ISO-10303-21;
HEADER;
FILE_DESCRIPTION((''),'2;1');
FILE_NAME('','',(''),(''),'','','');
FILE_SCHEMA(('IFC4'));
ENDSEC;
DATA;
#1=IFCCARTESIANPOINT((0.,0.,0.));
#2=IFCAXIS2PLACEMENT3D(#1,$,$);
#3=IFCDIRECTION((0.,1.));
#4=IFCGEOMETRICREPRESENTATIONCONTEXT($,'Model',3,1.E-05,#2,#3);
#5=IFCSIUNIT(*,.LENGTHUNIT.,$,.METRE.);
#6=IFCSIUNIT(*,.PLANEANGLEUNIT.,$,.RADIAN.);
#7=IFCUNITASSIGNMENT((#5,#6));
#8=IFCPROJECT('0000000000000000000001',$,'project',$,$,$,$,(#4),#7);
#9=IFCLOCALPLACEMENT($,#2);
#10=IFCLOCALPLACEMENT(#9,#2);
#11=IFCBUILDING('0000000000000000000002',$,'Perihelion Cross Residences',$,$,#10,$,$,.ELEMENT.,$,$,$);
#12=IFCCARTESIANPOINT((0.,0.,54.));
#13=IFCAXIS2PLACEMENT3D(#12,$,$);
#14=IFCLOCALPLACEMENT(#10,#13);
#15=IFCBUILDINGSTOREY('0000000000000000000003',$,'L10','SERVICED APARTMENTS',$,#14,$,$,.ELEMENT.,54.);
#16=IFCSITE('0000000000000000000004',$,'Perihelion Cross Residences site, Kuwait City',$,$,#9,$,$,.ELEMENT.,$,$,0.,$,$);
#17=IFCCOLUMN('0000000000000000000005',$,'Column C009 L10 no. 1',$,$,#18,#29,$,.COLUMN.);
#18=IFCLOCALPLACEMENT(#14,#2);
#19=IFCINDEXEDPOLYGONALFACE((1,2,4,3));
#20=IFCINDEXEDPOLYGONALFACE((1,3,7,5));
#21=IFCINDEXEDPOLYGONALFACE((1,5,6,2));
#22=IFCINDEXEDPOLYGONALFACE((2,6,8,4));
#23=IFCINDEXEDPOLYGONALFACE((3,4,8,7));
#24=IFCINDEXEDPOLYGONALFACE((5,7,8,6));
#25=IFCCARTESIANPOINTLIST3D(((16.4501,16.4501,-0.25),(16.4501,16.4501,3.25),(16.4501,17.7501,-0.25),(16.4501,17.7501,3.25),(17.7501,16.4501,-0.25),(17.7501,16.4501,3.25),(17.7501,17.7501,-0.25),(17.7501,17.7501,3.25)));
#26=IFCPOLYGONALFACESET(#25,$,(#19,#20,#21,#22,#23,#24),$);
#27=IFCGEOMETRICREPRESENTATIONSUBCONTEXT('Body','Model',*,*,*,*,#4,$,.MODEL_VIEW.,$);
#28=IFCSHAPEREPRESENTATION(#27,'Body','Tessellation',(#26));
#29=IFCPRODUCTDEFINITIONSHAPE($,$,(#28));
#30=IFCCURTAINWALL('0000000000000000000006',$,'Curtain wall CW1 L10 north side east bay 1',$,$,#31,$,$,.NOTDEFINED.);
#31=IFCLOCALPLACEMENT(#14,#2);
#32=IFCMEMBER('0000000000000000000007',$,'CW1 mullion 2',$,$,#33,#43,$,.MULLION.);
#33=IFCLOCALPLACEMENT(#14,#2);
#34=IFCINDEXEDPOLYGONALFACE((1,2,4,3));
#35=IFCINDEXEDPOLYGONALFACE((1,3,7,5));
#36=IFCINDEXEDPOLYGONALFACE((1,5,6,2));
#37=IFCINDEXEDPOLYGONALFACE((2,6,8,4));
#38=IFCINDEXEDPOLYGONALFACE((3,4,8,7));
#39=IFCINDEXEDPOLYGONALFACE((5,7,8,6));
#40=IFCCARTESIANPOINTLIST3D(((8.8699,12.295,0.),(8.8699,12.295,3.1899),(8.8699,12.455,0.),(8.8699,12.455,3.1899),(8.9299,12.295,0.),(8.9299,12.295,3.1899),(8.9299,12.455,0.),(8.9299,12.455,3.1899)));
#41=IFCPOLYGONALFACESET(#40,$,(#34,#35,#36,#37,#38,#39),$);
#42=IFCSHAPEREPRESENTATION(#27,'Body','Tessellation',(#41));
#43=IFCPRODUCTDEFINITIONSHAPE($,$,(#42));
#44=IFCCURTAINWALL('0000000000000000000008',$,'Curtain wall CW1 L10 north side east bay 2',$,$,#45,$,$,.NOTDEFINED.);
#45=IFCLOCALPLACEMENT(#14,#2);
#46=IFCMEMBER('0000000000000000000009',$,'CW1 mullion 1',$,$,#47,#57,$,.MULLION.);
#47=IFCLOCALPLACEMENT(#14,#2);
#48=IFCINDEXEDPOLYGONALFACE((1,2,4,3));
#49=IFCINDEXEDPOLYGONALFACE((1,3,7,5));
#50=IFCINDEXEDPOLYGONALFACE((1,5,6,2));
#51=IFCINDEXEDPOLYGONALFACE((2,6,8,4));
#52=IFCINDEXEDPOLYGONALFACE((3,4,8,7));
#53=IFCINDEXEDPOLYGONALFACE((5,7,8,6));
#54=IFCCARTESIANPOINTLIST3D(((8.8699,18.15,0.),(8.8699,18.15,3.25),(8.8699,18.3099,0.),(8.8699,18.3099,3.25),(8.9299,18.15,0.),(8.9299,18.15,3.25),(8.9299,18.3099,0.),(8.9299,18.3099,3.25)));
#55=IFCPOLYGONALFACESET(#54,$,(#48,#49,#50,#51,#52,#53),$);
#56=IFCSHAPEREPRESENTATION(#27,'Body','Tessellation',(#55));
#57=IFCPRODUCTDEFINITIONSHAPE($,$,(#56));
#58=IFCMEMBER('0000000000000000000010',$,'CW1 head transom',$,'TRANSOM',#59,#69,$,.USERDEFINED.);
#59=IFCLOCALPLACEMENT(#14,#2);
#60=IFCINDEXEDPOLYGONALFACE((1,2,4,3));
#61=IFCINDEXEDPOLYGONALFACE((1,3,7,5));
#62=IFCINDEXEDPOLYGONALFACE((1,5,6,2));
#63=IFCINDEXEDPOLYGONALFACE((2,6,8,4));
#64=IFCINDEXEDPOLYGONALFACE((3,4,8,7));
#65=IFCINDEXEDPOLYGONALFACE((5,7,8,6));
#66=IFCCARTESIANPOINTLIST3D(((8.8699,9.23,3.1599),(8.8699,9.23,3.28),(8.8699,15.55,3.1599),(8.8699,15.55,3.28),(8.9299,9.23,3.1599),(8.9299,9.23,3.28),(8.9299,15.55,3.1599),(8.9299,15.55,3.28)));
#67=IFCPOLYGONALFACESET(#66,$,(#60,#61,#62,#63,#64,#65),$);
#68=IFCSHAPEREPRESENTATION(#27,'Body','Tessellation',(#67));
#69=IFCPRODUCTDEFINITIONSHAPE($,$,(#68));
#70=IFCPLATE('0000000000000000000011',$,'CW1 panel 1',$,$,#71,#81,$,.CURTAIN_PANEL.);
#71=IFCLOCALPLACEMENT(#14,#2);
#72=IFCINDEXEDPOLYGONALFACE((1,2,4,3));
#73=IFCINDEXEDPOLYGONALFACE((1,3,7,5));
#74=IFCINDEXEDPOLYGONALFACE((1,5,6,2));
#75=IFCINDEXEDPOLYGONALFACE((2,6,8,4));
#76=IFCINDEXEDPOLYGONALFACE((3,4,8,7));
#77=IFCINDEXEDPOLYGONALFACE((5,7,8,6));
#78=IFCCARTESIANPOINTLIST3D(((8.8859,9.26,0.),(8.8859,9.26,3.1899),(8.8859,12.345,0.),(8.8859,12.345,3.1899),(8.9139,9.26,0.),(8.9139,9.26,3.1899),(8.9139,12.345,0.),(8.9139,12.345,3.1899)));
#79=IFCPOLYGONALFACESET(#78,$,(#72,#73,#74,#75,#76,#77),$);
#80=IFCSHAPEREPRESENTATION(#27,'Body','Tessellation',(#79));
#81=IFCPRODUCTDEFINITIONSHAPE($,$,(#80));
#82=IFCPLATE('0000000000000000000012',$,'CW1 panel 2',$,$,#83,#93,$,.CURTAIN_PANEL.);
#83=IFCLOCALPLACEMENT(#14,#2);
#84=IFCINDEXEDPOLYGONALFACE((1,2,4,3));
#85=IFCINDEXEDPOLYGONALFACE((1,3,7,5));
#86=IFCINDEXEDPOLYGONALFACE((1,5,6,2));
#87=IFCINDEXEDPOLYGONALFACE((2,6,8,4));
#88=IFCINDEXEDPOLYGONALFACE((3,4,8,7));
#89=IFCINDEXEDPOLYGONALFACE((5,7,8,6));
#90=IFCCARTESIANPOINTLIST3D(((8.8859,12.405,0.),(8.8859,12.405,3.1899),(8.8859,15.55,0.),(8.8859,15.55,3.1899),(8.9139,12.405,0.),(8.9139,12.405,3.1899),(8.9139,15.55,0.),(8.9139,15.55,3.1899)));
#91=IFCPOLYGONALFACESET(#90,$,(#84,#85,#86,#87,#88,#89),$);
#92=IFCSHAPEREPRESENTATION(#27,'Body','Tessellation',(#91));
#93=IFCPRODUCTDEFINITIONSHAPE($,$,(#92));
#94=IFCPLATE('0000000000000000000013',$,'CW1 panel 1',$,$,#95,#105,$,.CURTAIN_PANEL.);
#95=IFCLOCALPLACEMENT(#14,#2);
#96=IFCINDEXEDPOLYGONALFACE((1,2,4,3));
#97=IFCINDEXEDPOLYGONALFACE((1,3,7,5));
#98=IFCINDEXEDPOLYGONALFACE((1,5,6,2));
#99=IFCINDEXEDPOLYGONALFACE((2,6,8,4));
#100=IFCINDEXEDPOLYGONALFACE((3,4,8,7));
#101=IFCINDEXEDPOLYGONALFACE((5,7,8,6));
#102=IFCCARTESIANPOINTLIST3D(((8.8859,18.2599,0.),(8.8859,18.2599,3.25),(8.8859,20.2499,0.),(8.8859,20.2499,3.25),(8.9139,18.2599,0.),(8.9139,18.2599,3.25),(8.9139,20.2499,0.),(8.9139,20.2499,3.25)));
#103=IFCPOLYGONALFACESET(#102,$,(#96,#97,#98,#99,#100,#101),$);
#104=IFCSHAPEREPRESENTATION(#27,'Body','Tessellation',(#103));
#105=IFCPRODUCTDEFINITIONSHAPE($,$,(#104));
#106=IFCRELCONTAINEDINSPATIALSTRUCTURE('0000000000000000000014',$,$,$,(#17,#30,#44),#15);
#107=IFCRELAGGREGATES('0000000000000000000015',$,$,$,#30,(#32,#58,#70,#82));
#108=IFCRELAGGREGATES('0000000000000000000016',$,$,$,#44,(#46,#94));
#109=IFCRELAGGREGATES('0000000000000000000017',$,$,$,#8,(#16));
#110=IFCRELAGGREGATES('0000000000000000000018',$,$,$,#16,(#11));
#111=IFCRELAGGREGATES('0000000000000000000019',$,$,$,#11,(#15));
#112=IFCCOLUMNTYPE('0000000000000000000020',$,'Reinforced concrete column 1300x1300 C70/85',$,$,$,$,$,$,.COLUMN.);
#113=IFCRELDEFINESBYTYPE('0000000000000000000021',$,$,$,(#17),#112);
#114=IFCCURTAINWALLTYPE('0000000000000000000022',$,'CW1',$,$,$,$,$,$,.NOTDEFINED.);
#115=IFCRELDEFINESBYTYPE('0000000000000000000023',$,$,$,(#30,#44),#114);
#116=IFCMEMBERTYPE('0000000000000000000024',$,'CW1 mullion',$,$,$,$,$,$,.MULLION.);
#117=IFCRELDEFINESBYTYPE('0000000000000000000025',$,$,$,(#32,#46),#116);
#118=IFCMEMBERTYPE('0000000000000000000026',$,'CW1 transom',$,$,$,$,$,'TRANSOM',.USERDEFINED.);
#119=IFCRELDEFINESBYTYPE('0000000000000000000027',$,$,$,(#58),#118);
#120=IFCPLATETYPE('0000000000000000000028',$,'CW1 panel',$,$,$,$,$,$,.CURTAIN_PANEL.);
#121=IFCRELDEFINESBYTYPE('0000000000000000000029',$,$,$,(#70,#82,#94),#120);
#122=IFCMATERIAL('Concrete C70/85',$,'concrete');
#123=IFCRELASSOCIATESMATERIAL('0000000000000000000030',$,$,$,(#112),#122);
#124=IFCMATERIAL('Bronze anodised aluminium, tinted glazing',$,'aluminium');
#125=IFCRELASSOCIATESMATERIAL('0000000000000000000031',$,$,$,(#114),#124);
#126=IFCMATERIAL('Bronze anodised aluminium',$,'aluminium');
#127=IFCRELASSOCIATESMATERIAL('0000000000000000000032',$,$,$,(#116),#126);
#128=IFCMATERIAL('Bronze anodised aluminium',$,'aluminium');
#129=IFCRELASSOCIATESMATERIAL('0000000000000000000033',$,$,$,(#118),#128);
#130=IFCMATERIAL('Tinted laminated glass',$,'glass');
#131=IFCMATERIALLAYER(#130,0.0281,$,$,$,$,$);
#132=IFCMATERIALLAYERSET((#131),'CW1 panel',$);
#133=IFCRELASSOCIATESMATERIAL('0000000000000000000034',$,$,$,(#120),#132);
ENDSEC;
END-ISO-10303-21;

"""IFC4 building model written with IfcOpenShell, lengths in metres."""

from ifc_helpers import new_model, si_unit, direction, frame, origin, origin_2d, place, context, subcontext, project, spatial, rectangle, extrude, material, layer, layer_set, material_profile, profile_set, type_object, element, aggregate, save


model = new_model("IFC4")

# Units and contexts
model_context = context("Model", 3, precision=1e-05, world=origin(), true_north=direction((0.0, 1.0)))
body_context = subcontext(model_context, "Body", "Model", "MODEL_VIEW")
ifc_project = project(units=[si_unit("LENGTHUNIT", "METRE"), si_unit("PLANEANGLEUNIT", "RADIAN")], contexts=[model_context])

# Site, building, storey
site_placement = place(None, origin())
site = spatial("IfcSite", under=ifc_project, at=site_placement, Name="Perihelion Cross Residences site, Kuwait City", CompositionType="ELEMENT", RefElevation=0.0)
building_placement = place(site_placement, origin())
building = spatial("IfcBuilding", under=site, at=building_placement, Name="Perihelion Cross Residences", CompositionType="ELEMENT")
storey_placement = place(building_placement, frame((0.0, 0.0, 54.0)))
storey = spatial("IfcBuildingStorey", under=building, at=storey_placement, Name="L10", Description="SERVICED APARTMENTS", CompositionType="ELEMENT", Elevation=54.0)

# Column
ifc_material_1 = material(Name="Concrete C70/85", Category="concrete")
ifc_material_profile_1 = material_profile(ifc_material_1, rectangle(XDim=1.3, YDim=1.3, at=origin_2d()), Name="RC 1300x1300")
ifc_profile_set_1 = profile_set([ifc_material_profile_1], Name="Concrete C70/85")
column_type = type_object("IfcColumnType", Name="Reinforced concrete column 1300x1300 C70/85", PredefinedType="COLUMN", material=ifc_profile_set_1)
column_placement = place(storey_placement, frame((17.1001, 17.1001, -0.25), z_axis=(0.0, 0.0, 1.0), x_axis=(1.0, 0.0, 0.0)))
element("IfcColumn", 1, at=column_placement, inside=storey, type_object=column_type, Name="Column C009 L10 no. 1", PredefinedType="COLUMN", context=body_context, shape_type="SweptSolid", body=[
    extrude(rectangle(XDim=1.3, YDim=1.3, at=origin_2d()), origin(), (0.0, 0.0, 1.0), 3.5),
])

# Curtain walls, members
ifc_material_2 = material(Name="Bronze anodised aluminium, tinted glazing", Category="aluminium")
curtain_wall_type = type_object("IfcCurtainWallType", Name="CW1", PredefinedType="NOTDEFINED", material=ifc_material_2)
curtain_wall_1_placement = place(storey_placement, origin())
curtain_wall_1 = element("IfcCurtainWall", 2, at=curtain_wall_1_placement, inside=storey, type_object=curtain_wall_type, Name="Curtain wall CW1 L10 north side east bay 1", PredefinedType="NOTDEFINED")
ifc_material_3 = material(Name="Bronze anodised aluminium", Category="aluminium")
ifc_material_profile_2 = material_profile(ifc_material_3, rectangle(XDim=0.0601, YDim=0.1599, at=origin_2d()), Name="CW1 mullion")
ifc_profile_set_2 = profile_set([ifc_material_profile_2], Name="Bronze anodised aluminium")
member_type_1 = type_object("IfcMemberType", Name="CW1 mullion", PredefinedType="MULLION", material=ifc_profile_set_2)
member_1_placement = place(storey_placement, frame((8.8999, 12.375, 0.0), z_axis=(0.0, 0.0, 1.0), x_axis=(-1.0, 0.0, 0.0)))
member_1 = element("IfcMember", 3, at=member_1_placement, type_object=member_type_1, Name="CW1 mullion 2", PredefinedType="MULLION", context=body_context, shape_type="SweptSolid", body=[
    extrude(rectangle(XDim=0.0601, YDim=0.1599, at=origin_2d()), origin(), (0.0, 0.0, 1.0), 3.1899),
])
curtain_wall_2_placement = place(storey_placement, origin())
curtain_wall_2 = element("IfcCurtainWall", 4, at=curtain_wall_2_placement, inside=storey, type_object=curtain_wall_type, Name="Curtain wall CW1 L10 north side east bay 2", PredefinedType="NOTDEFINED")
member_2_placement = place(storey_placement, frame((8.8999, 18.23, 0.0), z_axis=(0.0, 0.0, 1.0), x_axis=(-1.0, 0.0, 0.0)))
member_2 = element("IfcMember", 5, at=member_2_placement, type_object=member_type_1, Name="CW1 mullion 1", PredefinedType="MULLION", context=body_context, shape_type="SweptSolid", body=[
    extrude(rectangle(XDim=0.0601, YDim=0.1599, at=origin_2d()), origin(), (0.0, 0.0, 1.0), 3.25),
])

# Member
ifc_material_4 = material(Name="Bronze anodised aluminium", Category="aluminium")
ifc_material_profile_3 = material_profile(ifc_material_4, rectangle(XDim=0.0601, YDim=0.1201, at=origin_2d()), Name="CW1 transom")
ifc_profile_set_3 = profile_set([ifc_material_profile_3], Name="Bronze anodised aluminium")
member_type_2 = type_object("IfcMemberType", Name="CW1 transom", ElementType="TRANSOM", PredefinedType="USERDEFINED", material=ifc_profile_set_3)
member_3_placement = place(storey_placement, frame((8.8999, 9.23, 3.22), z_axis=(0.0, 1.0, 0.0), x_axis=(-1.0, 0.0, 0.0)))
member_3 = element("IfcMember", 6, at=member_3_placement, type_object=member_type_2, Name="CW1 head transom", ObjectType="TRANSOM", PredefinedType="USERDEFINED", context=body_context, shape_type="SweptSolid", body=[
    extrude(rectangle(XDim=0.0601, YDim=0.1201, at=origin_2d()), origin(), (0.0, 0.0, 1.0), 6.3201),
])

# Plates
ifc_material_5 = material(Name="Tinted laminated glass", Category="glass")
ifc_layer_1 = layer(ifc_material_5, 0.0281)
ifc_layer_set_1 = layer_set([ifc_layer_1], Name="CW1 panel")
plate_type = type_object("IfcPlateType", Name="CW1 panel", PredefinedType="CURTAIN_PANEL", material=ifc_layer_set_1)
plate_1_placement = place(storey_placement, frame((8.8999, 10.8025, 0.0), z_axis=(0.0, 0.0, 1.0), x_axis=(0.0, 1.0, 0.0)))
plate_1 = element("IfcPlate", 7, at=plate_1_placement, type_object=plate_type, Name="CW1 panel 1", PredefinedType="CURTAIN_PANEL", context=body_context, shape_type="SweptSolid", body=[
    extrude(rectangle(XDim=3.085, YDim=0.0281, at=origin_2d()), origin(), (0.0, 0.0, 1.0), 3.1899),
])
plate_2_placement = place(storey_placement, frame((8.8999, 13.9775, 0.0), z_axis=(0.0, 0.0, 1.0), x_axis=(0.0, 1.0, 0.0)))
plate_2 = element("IfcPlate", 8, at=plate_2_placement, type_object=plate_type, Name="CW1 panel 2", PredefinedType="CURTAIN_PANEL", context=body_context, shape_type="SweptSolid", body=[
    extrude(rectangle(XDim=3.145, YDim=0.0281, at=origin_2d()), origin(), (0.0, 0.0, 1.0), 3.1899),
])
aggregate(curtain_wall_1, [member_1, member_3, plate_1, plate_2])
plate_3_placement = place(storey_placement, frame((8.8999, 19.2549, 0.0), z_axis=(0.0, 0.0, 1.0), x_axis=(0.0, 1.0, 0.0)))
plate_3 = element("IfcPlate", 9, at=plate_3_placement, type_object=plate_type, Name="CW1 panel 1", PredefinedType="CURTAIN_PANEL", context=body_context, shape_type="SweptSolid", body=[
    extrude(rectangle(XDim=1.99, YDim=0.0281, at=origin_2d()), origin(), (0.0, 0.0, 1.0), 3.25),
])
aggregate(curtain_wall_2, [member_2, plate_3])

save(model, "model.ifc")
